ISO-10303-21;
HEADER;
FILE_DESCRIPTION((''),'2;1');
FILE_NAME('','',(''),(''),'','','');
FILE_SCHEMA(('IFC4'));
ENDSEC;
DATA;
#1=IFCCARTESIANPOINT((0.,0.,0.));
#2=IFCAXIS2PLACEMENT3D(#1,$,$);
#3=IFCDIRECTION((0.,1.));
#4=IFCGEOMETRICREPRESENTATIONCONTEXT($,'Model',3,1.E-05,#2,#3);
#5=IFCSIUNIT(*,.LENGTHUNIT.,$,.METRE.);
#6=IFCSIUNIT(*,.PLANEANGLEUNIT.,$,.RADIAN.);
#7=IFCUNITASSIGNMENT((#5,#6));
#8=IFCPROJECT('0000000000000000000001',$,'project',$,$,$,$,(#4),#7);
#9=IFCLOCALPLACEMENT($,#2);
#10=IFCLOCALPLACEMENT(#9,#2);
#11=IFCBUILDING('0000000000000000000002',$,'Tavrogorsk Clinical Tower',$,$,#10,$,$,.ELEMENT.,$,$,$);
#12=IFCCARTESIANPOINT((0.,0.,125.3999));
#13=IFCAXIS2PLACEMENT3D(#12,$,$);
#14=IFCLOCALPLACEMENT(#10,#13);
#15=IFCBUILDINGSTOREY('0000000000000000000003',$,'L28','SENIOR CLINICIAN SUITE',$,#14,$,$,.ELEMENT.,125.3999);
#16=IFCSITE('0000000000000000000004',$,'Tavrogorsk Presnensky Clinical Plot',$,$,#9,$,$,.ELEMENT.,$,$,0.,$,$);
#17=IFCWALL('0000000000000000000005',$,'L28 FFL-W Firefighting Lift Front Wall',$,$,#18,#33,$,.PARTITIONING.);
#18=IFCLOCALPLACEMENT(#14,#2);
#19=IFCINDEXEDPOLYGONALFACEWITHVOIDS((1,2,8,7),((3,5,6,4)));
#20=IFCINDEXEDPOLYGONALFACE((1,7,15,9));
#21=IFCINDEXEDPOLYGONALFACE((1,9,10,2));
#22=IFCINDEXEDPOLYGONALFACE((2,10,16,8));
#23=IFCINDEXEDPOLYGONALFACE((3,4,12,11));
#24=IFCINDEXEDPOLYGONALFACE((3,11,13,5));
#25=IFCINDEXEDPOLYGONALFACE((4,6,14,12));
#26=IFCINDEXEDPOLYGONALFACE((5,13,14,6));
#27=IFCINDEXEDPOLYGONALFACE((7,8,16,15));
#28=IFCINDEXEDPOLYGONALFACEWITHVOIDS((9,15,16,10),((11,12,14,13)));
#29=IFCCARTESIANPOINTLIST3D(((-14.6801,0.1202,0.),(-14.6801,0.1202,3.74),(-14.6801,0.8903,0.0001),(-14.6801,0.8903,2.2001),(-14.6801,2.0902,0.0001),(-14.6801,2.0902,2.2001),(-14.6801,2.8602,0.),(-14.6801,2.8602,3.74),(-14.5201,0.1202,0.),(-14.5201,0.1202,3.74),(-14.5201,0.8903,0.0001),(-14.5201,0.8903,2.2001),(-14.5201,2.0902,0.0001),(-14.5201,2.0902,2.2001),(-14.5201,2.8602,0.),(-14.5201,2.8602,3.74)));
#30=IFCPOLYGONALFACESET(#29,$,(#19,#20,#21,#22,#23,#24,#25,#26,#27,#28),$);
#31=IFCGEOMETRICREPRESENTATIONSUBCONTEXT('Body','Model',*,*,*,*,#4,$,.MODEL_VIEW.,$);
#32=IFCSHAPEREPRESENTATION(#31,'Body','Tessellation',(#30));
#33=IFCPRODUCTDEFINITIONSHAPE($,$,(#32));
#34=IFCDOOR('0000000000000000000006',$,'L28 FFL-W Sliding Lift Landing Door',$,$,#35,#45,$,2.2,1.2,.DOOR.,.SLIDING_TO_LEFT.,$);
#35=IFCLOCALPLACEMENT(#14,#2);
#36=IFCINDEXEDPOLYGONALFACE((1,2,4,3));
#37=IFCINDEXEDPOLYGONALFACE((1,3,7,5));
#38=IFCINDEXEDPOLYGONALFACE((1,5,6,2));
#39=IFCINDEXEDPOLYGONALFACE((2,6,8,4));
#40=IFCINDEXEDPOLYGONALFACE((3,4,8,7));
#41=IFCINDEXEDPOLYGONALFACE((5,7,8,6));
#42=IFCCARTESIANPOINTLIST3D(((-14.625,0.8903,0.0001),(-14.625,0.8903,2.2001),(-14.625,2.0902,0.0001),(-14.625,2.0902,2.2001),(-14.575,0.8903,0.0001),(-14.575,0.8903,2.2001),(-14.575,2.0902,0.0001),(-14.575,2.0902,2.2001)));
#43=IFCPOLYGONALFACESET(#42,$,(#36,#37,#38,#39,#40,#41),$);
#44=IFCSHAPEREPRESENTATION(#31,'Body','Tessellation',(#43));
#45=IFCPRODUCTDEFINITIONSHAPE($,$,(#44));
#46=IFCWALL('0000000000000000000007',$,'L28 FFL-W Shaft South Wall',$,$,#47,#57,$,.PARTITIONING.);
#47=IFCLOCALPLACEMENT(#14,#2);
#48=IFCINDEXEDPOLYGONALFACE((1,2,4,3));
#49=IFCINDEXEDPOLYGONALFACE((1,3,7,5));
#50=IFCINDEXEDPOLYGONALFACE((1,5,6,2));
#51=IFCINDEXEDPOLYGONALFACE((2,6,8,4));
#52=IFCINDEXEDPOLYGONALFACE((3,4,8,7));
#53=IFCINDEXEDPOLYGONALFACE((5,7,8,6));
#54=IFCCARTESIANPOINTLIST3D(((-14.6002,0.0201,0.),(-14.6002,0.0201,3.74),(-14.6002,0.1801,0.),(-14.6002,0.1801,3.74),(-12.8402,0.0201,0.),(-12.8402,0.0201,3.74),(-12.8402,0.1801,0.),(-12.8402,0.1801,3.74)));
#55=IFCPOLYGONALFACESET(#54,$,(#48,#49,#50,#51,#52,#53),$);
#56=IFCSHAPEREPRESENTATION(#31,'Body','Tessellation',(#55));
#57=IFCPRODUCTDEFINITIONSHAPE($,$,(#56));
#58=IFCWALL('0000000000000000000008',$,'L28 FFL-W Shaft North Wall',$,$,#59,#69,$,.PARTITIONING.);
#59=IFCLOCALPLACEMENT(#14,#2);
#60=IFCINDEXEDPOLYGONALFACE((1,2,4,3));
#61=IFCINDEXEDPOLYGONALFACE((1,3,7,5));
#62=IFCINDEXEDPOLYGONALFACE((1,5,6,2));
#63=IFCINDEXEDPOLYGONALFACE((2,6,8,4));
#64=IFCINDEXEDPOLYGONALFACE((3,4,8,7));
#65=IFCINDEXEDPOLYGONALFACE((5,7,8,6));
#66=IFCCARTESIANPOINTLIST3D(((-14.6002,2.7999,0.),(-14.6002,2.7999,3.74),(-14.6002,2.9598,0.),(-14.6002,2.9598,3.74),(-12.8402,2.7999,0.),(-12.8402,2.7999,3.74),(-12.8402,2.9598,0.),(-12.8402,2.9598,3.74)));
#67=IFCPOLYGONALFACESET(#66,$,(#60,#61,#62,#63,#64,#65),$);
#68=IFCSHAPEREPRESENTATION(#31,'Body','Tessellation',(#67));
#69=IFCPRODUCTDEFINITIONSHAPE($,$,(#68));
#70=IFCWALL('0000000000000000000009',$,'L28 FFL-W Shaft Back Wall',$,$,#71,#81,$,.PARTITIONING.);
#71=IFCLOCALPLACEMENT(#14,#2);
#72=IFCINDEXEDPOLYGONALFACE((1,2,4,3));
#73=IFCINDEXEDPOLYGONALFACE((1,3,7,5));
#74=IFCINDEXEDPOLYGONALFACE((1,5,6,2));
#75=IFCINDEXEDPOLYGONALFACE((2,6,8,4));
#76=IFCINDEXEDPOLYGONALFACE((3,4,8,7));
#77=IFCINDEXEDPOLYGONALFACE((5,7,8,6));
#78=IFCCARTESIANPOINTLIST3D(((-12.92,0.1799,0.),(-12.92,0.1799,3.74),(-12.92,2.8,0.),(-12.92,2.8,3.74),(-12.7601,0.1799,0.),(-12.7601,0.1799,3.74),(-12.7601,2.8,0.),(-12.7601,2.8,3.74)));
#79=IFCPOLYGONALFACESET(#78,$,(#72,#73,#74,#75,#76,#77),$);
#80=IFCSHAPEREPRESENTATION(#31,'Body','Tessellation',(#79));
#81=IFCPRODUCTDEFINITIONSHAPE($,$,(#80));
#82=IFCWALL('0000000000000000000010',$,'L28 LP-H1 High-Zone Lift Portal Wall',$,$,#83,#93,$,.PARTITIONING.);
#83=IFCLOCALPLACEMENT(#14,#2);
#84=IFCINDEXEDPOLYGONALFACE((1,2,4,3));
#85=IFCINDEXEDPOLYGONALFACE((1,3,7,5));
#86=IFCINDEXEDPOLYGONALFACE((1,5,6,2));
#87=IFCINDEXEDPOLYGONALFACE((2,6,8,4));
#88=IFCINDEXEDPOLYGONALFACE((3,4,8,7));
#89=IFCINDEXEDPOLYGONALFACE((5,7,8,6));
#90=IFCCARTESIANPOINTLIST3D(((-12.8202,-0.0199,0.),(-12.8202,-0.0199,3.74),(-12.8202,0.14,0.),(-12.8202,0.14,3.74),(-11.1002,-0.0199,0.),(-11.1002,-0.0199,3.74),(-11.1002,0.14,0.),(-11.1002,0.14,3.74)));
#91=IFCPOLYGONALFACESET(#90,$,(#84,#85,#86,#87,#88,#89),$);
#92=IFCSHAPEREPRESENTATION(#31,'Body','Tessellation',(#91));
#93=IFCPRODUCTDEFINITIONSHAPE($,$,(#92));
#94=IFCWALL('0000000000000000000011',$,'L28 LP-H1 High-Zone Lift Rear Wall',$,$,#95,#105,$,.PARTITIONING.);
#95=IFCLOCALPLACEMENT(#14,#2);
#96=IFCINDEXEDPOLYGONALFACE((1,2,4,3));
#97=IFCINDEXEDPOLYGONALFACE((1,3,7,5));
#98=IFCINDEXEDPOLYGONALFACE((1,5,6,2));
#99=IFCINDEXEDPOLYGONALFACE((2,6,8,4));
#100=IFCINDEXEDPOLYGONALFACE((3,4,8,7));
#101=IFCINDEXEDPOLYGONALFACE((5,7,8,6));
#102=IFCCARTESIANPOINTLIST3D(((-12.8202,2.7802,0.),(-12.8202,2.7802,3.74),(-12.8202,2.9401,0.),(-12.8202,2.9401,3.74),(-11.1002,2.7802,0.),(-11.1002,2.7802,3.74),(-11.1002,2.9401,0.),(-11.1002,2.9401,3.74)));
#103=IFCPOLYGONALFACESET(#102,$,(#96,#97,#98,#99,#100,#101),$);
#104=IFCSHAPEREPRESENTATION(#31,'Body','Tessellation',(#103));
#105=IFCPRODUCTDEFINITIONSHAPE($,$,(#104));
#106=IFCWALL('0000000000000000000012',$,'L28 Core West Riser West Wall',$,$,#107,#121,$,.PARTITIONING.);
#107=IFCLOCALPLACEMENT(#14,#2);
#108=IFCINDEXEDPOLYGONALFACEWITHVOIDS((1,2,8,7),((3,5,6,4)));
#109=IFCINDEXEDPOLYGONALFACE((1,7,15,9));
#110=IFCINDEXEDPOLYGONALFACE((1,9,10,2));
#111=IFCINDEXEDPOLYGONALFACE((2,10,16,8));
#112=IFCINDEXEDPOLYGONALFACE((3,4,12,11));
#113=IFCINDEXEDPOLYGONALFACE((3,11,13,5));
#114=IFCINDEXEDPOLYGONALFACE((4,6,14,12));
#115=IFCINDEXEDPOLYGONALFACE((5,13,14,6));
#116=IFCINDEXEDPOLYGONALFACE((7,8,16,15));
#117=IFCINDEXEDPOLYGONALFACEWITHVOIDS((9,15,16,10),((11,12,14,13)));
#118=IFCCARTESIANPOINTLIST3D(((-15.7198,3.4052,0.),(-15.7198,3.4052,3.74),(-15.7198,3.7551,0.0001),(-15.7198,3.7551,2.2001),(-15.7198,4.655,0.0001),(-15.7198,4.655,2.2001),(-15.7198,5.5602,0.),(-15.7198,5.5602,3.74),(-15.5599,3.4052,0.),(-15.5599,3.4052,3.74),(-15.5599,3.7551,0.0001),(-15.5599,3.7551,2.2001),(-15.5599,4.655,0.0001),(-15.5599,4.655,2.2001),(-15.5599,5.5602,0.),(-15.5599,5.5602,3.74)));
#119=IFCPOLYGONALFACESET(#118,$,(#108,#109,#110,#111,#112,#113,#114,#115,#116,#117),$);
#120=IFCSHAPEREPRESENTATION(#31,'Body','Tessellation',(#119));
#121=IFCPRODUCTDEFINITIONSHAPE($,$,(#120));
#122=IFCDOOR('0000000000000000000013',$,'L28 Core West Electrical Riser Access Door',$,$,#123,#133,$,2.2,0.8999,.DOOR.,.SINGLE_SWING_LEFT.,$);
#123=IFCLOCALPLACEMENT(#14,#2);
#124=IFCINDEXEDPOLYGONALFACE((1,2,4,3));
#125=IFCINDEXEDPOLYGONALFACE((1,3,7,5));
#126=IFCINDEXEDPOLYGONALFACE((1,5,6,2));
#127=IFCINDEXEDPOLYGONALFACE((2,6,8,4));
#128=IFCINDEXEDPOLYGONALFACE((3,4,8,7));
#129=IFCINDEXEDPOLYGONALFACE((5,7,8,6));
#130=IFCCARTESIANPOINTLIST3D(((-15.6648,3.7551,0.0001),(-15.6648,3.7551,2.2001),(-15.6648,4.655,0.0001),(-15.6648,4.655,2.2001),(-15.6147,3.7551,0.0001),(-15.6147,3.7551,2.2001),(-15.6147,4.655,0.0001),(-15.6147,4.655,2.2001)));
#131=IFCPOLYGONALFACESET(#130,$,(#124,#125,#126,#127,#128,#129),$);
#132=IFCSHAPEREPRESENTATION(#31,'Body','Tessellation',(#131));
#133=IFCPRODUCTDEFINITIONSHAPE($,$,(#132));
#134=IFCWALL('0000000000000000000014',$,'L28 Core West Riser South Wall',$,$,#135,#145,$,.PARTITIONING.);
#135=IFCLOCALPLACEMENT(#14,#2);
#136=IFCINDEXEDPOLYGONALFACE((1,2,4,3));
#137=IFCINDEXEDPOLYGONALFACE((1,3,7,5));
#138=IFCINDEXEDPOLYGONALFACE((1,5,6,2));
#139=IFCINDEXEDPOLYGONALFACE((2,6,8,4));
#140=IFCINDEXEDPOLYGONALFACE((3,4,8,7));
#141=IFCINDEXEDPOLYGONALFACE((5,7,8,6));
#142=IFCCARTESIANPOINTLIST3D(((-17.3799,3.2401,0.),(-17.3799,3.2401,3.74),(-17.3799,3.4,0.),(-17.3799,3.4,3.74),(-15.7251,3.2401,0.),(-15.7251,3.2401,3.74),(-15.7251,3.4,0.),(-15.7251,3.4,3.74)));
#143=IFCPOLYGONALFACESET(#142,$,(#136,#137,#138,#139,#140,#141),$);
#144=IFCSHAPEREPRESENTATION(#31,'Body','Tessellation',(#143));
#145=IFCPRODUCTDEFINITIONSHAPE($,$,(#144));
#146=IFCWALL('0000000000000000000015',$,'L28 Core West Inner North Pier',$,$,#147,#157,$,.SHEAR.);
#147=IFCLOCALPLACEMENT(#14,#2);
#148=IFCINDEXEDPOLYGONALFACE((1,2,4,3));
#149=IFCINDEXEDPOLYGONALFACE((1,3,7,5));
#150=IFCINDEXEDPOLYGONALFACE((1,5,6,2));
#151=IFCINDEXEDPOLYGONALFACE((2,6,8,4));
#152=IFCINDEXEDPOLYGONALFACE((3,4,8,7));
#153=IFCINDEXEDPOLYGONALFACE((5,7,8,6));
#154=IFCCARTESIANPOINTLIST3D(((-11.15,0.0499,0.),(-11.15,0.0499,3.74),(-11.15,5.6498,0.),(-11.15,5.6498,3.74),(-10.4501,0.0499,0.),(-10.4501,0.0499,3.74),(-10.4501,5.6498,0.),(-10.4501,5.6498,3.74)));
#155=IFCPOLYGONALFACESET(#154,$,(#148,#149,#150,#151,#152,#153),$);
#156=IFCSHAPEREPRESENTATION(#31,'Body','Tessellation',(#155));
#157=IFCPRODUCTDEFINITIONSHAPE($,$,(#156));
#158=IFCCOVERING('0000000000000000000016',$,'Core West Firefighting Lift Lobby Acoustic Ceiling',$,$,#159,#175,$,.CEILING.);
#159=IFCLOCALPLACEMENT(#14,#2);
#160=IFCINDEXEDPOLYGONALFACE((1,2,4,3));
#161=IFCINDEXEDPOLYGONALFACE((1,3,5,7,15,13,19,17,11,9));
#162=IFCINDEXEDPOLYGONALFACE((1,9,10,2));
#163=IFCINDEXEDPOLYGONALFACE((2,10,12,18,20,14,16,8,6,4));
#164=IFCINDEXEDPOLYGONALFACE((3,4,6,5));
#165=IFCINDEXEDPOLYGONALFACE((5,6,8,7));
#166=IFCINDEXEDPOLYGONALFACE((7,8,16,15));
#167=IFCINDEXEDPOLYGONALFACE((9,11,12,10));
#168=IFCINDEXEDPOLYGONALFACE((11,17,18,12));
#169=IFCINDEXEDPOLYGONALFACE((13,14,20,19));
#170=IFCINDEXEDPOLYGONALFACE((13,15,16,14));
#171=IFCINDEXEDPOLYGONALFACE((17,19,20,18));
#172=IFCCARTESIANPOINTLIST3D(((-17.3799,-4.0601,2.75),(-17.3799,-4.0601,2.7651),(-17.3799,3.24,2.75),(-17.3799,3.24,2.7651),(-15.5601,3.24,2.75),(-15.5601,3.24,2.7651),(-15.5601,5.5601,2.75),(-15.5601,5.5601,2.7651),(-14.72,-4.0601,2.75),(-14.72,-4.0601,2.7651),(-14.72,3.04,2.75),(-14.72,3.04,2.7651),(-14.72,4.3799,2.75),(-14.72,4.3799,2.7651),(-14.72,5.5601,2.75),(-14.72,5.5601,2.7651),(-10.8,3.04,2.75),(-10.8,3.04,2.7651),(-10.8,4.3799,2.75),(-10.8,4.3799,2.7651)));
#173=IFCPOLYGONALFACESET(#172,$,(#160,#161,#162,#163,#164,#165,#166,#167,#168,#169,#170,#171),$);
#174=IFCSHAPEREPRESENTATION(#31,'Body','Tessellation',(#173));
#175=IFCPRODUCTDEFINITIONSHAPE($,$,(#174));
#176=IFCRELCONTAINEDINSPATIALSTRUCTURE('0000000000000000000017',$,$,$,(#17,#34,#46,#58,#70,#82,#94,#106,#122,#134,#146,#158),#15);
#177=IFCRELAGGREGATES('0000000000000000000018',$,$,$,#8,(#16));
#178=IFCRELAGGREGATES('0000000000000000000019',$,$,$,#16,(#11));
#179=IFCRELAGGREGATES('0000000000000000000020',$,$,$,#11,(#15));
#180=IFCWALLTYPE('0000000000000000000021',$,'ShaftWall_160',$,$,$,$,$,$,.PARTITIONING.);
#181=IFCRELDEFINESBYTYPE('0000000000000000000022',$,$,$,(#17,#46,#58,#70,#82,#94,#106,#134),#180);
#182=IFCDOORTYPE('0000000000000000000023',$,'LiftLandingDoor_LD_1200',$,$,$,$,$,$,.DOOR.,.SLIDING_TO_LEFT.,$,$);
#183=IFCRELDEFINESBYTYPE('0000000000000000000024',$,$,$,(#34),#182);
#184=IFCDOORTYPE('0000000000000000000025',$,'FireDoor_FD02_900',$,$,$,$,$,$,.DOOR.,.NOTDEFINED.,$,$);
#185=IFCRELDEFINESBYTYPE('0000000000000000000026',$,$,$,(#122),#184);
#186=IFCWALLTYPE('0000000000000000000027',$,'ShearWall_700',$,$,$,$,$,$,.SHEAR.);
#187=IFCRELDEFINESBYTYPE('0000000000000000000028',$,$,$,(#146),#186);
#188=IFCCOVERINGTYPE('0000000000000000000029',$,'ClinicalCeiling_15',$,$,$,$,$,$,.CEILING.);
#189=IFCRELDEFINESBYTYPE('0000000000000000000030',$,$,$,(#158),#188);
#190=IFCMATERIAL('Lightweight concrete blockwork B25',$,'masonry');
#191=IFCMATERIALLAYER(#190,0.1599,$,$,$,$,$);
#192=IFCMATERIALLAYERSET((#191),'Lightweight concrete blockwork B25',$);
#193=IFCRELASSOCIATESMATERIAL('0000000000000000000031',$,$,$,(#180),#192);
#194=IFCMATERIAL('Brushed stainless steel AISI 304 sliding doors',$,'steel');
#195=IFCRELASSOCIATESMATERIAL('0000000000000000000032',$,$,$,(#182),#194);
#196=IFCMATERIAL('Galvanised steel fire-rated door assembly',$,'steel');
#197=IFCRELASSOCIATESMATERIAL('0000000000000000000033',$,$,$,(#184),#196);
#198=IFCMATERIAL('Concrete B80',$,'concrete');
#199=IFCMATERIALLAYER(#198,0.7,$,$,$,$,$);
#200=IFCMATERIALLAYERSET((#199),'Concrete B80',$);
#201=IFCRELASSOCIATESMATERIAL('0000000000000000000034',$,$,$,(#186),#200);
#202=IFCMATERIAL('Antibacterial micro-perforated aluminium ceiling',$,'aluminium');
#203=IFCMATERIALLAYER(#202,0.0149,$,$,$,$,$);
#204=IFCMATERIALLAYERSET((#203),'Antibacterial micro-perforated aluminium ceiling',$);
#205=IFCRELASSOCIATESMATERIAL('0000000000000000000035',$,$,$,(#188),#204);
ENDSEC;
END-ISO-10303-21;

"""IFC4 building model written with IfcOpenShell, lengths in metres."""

from ifc_helpers import new_model, si_unit, direction, frame, frame_2d, origin, place, context, subcontext, project, spatial, polyline, rectangle, outline, extrude, material, layer, layer_set, type_object, element, fill, save


model = new_model("IFC4")

# Units and contexts
model_context = context("Model", 3, precision=1e-05, world=origin(), true_north=direction((0.0, 1.0)))
body_context = subcontext(model_context, "Body", "Model", "MODEL_VIEW")
ifc_project = project(units=[si_unit("LENGTHUNIT", "METRE"), si_unit("PLANEANGLEUNIT", "RADIAN")], contexts=[model_context])

# Site, building, storey
site_placement = place(None, origin())
site = spatial("IfcSite", under=ifc_project, at=site_placement, Name="Tavrogorsk Presnensky Clinical Plot", CompositionType="ELEMENT", RefElevation=0.0)
building_placement = place(site_placement, origin())
building = spatial("IfcBuilding", under=site, at=building_placement, Name="Tavrogorsk Clinical Tower", CompositionType="ELEMENT")
storey_placement = place(building_placement, frame((0.0, 0.0, 125.3999)))
storey = spatial("IfcBuildingStorey", under=building, at=storey_placement, Name="L28", Description="SENIOR CLINICIAN SUITE", CompositionType="ELEMENT", Elevation=125.3999)

# Wall, opening, door
ifc_material_1 = material(Name="Lightweight concrete blockwork B25", Category="masonry")
ifc_layer_1 = layer(ifc_material_1, 0.1599)
ifc_layer_set_1 = layer_set([ifc_layer_1], Name="Lightweight concrete blockwork B25")
wall_type_1 = type_object("IfcWallType", Name="ShaftWall_160", PredefinedType="PARTITIONING", material=ifc_layer_set_1)
wall_1_placement = place(storey_placement, frame((-14.6001, 0.1201, 0.0), z_axis=(0.0, 0.0, 1.0), x_axis=(0.0, 1.0, 0.0)))
wall_1 = element("IfcWall", 1, at=wall_1_placement, inside=storey, type_object=wall_type_1, Name="L28 FFL-W Firefighting Lift Front Wall", PredefinedType="PARTITIONING", context=body_context, shape_type="SweptSolid", body=[
    extrude(rectangle(XDim=2.74, YDim=0.1599, at=frame_2d((1.3701, 0.0))), origin(), (0.0, 0.0, 1.0), 3.74),
])
opening_1_placement = place(wall_1_placement, frame((0.77, 0.0, 0.0)))
opening_1 = element("IfcOpeningElement", 2, at=opening_1_placement, cuts=wall_1, PredefinedType="OPENING", context=body_context, shape_type="SweptSolid", body=[
    extrude(rectangle(XDim=1.2, YDim=2.2, at=frame_2d((0.6001, 1.1001))), frame((0.0, 0.0898, 0.0), z_axis=(0.0, -1.0, 0.0), x_axis=(1.0, 0.0, 0.0)), (0.0, 0.0, 1.0), 0.1799),
])
ifc_material_2 = material(Name="Brushed stainless steel AISI 304 sliding doors", Category="steel")
door_type_1 = type_object("IfcDoorType", Name="LiftLandingDoor_LD_1200", OperationType="SLIDING_TO_LEFT", PredefinedType="DOOR", material=ifc_material_2)
door_1_placement = place(opening_1_placement, origin())
door_1 = element("IfcDoor", 3, at=door_1_placement, inside=storey, type_object=door_type_1, Name="L28 FFL-W Sliding Lift Landing Door", OperationType="SLIDING_TO_LEFT", OverallHeight=2.2, OverallWidth=1.2, PredefinedType="DOOR", context=body_context, shape_type="SweptSolid", body=[
    extrude(rectangle(XDim=1.2, YDim=2.2, at=frame_2d((0.6001, 1.1001))), frame((0.0, 0.0249, 0.0), z_axis=(0.0, -1.0, 0.0), x_axis=(1.0, 0.0, 0.0)), (0.0, 0.0, 1.0), 0.05),
])
fill(opening_1, door_1)

# Walls
for number, where, z_axis, x_axis, name in (
    (4, (-14.6001, 0.1001, 0.0), (0.0, 0.0, 1.0), (1.0, 0.0, 0.0), "L28 FFL-W Shaft South Wall"),
    (5, (-14.6001, 2.8799, 0.0), (0.0, 0.0, 1.0), (1.0, 0.0, 0.0), "L28 FFL-W Shaft North Wall"),
):
    element("IfcWall", number, at=place(storey_placement, frame(where, z_axis=z_axis, x_axis=x_axis)), inside=storey, type_object=wall_type_1, Name=name, PredefinedType="PARTITIONING", context=body_context, shape_type="SweptSolid", body=[
        extrude(rectangle(XDim=1.76, YDim=0.1599, at=frame_2d((0.8799, 0.0))), origin(), (0.0, 0.0, 1.0), 3.74),
    ])
wall_2_placement = place(storey_placement, frame((-12.8401, 0.1799, 0.0), z_axis=(0.0, 0.0, 1.0), x_axis=(0.0, 1.0, 0.0)))
element("IfcWall", 6, at=wall_2_placement, inside=storey, type_object=wall_type_1, Name="L28 FFL-W Shaft Back Wall", PredefinedType="PARTITIONING", context=body_context, shape_type="SweptSolid", body=[
    extrude(rectangle(XDim=2.6201, YDim=0.1599, at=frame_2d((1.3101, 0.0))), origin(), (0.0, 0.0, 1.0), 3.74),
])
for number, where, z_axis, x_axis, name in (
    (7, (-12.8201, 0.0601, 0.0), (0.0, 0.0, 1.0), (1.0, 0.0, 0.0), "L28 LP-H1 High-Zone Lift Portal Wall"),
    (8, (-12.8201, 2.8601, 0.0), (0.0, 0.0, 1.0), (1.0, 0.0, 0.0), "L28 LP-H1 High-Zone Lift Rear Wall"),
):
    element("IfcWall", number, at=place(storey_placement, frame(where, z_axis=z_axis, x_axis=x_axis)), inside=storey, type_object=wall_type_1, Name=name, PredefinedType="PARTITIONING", context=body_context, shape_type="SweptSolid", body=[
        extrude(rectangle(XDim=1.72, YDim=0.1599, at=frame_2d((0.8599, 0.0))), origin(), (0.0, 0.0, 1.0), 3.74),
    ])

# Wall, opening, door
wall_3_placement = place(storey_placement, frame((-15.6399, 3.405, 0.0), z_axis=(0.0, 0.0, 1.0), x_axis=(0.0, 1.0, 0.0)))
wall_3 = element("IfcWall", 9, at=wall_3_placement, inside=storey, type_object=wall_type_1, Name="L28 Core West Riser West Wall", PredefinedType="PARTITIONING", context=body_context, shape_type="SweptSolid", body=[
    extrude(rectangle(XDim=2.155, YDim=0.1599, at=frame_2d((1.0776, 0.0))), origin(), (0.0, 0.0, 1.0), 3.74),
])
opening_2_placement = place(wall_3_placement, frame((0.3501, 0.0, 0.0)))
opening_2 = element("IfcOpeningElement", 10, at=opening_2_placement, cuts=wall_3, PredefinedType="OPENING", context=body_context, shape_type="SweptSolid", body=[
    extrude(rectangle(XDim=0.8999, YDim=2.2, at=frame_2d((0.45, 1.1001))), frame((0.0, 0.0898, 0.0), z_axis=(0.0, -1.0, 0.0), x_axis=(1.0, 0.0, 0.0)), (0.0, 0.0, 1.0), 0.1799),
])
ifc_material_3 = material(Name="Galvanised steel fire-rated door assembly", Category="steel")
door_type_2 = type_object("IfcDoorType", Name="FireDoor_FD02_900", OperationType="NOTDEFINED", PredefinedType="DOOR", material=ifc_material_3)
door_2_placement = place(opening_2_placement, origin())
door_2 = element("IfcDoor", 11, at=door_2_placement, inside=storey, type_object=door_type_2, Name="L28 Core West Electrical Riser Access Door", OperationType="SINGLE_SWING_LEFT", OverallHeight=2.2, OverallWidth=0.8999, PredefinedType="DOOR", context=body_context, shape_type="SweptSolid", body=[
    extrude(rectangle(XDim=0.8999, YDim=2.2, at=frame_2d((0.45, 1.1001))), frame((0.0, 0.0249, 0.0), z_axis=(0.0, -1.0, 0.0), x_axis=(1.0, 0.0, 0.0)), (0.0, 0.0, 1.0), 0.05),
])
fill(opening_2, door_2)

# Walls
wall_4_placement = place(storey_placement, frame((-17.3799, 3.3201, 0.0), z_axis=(0.0, 0.0, 1.0), x_axis=(1.0, 0.0, 0.0)))
element("IfcWall", 12, at=wall_4_placement, inside=storey, type_object=wall_type_1, Name="L28 Core West Riser South Wall", PredefinedType="PARTITIONING", context=body_context, shape_type="SweptSolid", body=[
    extrude(rectangle(XDim=1.6548, YDim=0.1599, at=frame_2d((0.8274, 0.0))), origin(), (0.0, 0.0, 1.0), 3.74),
])
ifc_material_4 = material(Name="Concrete B80", Category="concrete")
ifc_layer_2 = layer(ifc_material_4, 0.7)
ifc_layer_set_2 = layer_set([ifc_layer_2], Name="Concrete B80")
wall_type_2 = type_object("IfcWallType", Name="ShearWall_700", PredefinedType="SHEAR", material=ifc_layer_set_2)
wall_5_placement = place(storey_placement, frame((-10.8, 0.05, 0.0), z_axis=(0.0, 0.0, 1.0), x_axis=(0.0, 1.0, 0.0)))
element("IfcWall", 13, at=wall_5_placement, inside=storey, type_object=wall_type_2, Name="L28 Core West Inner North Pier", PredefinedType="SHEAR", context=body_context, shape_type="SweptSolid", body=[
    extrude(rectangle(XDim=5.5999, YDim=0.7, at=frame_2d((2.7998, 0.0))), origin(), (0.0, 0.0, 1.0), 3.74),
])

# Covering
ifc_material_5 = material(Name="Antibacterial micro-perforated aluminium ceiling", Category="aluminium")
ifc_layer_3 = layer(ifc_material_5, 0.0149)
ifc_layer_set_3 = layer_set([ifc_layer_3], Name="Antibacterial micro-perforated aluminium ceiling")
covering_type = type_object("IfcCoveringType", Name="ClinicalCeiling_15", PredefinedType="CEILING", material=ifc_layer_set_3)
covering_placement = place(storey_placement, frame((0.0, 0.0, 2.75)))
element("IfcCovering", 14, at=covering_placement, inside=storey, type_object=covering_type, Name="Core West Firefighting Lift Lobby Acoustic Ceiling", PredefinedType="CEILING", context=body_context, shape_type="SweptSolid", body=[
    extrude(outline(polyline([(-14.72, 4.3799), (-10.8, 4.3799), (-10.8, 3.04), (-14.72, 3.04), (-14.72, -4.0601), (-17.3799, -4.0601), (-17.3799, 3.24), (-15.5601, 3.24), (-15.5601, 5.5601), (-14.72, 5.5601), (-14.72, 4.3799)])), origin(), (0.0, 0.0, 1.0), 0.0151),
])

save(model, "model.ifc")
